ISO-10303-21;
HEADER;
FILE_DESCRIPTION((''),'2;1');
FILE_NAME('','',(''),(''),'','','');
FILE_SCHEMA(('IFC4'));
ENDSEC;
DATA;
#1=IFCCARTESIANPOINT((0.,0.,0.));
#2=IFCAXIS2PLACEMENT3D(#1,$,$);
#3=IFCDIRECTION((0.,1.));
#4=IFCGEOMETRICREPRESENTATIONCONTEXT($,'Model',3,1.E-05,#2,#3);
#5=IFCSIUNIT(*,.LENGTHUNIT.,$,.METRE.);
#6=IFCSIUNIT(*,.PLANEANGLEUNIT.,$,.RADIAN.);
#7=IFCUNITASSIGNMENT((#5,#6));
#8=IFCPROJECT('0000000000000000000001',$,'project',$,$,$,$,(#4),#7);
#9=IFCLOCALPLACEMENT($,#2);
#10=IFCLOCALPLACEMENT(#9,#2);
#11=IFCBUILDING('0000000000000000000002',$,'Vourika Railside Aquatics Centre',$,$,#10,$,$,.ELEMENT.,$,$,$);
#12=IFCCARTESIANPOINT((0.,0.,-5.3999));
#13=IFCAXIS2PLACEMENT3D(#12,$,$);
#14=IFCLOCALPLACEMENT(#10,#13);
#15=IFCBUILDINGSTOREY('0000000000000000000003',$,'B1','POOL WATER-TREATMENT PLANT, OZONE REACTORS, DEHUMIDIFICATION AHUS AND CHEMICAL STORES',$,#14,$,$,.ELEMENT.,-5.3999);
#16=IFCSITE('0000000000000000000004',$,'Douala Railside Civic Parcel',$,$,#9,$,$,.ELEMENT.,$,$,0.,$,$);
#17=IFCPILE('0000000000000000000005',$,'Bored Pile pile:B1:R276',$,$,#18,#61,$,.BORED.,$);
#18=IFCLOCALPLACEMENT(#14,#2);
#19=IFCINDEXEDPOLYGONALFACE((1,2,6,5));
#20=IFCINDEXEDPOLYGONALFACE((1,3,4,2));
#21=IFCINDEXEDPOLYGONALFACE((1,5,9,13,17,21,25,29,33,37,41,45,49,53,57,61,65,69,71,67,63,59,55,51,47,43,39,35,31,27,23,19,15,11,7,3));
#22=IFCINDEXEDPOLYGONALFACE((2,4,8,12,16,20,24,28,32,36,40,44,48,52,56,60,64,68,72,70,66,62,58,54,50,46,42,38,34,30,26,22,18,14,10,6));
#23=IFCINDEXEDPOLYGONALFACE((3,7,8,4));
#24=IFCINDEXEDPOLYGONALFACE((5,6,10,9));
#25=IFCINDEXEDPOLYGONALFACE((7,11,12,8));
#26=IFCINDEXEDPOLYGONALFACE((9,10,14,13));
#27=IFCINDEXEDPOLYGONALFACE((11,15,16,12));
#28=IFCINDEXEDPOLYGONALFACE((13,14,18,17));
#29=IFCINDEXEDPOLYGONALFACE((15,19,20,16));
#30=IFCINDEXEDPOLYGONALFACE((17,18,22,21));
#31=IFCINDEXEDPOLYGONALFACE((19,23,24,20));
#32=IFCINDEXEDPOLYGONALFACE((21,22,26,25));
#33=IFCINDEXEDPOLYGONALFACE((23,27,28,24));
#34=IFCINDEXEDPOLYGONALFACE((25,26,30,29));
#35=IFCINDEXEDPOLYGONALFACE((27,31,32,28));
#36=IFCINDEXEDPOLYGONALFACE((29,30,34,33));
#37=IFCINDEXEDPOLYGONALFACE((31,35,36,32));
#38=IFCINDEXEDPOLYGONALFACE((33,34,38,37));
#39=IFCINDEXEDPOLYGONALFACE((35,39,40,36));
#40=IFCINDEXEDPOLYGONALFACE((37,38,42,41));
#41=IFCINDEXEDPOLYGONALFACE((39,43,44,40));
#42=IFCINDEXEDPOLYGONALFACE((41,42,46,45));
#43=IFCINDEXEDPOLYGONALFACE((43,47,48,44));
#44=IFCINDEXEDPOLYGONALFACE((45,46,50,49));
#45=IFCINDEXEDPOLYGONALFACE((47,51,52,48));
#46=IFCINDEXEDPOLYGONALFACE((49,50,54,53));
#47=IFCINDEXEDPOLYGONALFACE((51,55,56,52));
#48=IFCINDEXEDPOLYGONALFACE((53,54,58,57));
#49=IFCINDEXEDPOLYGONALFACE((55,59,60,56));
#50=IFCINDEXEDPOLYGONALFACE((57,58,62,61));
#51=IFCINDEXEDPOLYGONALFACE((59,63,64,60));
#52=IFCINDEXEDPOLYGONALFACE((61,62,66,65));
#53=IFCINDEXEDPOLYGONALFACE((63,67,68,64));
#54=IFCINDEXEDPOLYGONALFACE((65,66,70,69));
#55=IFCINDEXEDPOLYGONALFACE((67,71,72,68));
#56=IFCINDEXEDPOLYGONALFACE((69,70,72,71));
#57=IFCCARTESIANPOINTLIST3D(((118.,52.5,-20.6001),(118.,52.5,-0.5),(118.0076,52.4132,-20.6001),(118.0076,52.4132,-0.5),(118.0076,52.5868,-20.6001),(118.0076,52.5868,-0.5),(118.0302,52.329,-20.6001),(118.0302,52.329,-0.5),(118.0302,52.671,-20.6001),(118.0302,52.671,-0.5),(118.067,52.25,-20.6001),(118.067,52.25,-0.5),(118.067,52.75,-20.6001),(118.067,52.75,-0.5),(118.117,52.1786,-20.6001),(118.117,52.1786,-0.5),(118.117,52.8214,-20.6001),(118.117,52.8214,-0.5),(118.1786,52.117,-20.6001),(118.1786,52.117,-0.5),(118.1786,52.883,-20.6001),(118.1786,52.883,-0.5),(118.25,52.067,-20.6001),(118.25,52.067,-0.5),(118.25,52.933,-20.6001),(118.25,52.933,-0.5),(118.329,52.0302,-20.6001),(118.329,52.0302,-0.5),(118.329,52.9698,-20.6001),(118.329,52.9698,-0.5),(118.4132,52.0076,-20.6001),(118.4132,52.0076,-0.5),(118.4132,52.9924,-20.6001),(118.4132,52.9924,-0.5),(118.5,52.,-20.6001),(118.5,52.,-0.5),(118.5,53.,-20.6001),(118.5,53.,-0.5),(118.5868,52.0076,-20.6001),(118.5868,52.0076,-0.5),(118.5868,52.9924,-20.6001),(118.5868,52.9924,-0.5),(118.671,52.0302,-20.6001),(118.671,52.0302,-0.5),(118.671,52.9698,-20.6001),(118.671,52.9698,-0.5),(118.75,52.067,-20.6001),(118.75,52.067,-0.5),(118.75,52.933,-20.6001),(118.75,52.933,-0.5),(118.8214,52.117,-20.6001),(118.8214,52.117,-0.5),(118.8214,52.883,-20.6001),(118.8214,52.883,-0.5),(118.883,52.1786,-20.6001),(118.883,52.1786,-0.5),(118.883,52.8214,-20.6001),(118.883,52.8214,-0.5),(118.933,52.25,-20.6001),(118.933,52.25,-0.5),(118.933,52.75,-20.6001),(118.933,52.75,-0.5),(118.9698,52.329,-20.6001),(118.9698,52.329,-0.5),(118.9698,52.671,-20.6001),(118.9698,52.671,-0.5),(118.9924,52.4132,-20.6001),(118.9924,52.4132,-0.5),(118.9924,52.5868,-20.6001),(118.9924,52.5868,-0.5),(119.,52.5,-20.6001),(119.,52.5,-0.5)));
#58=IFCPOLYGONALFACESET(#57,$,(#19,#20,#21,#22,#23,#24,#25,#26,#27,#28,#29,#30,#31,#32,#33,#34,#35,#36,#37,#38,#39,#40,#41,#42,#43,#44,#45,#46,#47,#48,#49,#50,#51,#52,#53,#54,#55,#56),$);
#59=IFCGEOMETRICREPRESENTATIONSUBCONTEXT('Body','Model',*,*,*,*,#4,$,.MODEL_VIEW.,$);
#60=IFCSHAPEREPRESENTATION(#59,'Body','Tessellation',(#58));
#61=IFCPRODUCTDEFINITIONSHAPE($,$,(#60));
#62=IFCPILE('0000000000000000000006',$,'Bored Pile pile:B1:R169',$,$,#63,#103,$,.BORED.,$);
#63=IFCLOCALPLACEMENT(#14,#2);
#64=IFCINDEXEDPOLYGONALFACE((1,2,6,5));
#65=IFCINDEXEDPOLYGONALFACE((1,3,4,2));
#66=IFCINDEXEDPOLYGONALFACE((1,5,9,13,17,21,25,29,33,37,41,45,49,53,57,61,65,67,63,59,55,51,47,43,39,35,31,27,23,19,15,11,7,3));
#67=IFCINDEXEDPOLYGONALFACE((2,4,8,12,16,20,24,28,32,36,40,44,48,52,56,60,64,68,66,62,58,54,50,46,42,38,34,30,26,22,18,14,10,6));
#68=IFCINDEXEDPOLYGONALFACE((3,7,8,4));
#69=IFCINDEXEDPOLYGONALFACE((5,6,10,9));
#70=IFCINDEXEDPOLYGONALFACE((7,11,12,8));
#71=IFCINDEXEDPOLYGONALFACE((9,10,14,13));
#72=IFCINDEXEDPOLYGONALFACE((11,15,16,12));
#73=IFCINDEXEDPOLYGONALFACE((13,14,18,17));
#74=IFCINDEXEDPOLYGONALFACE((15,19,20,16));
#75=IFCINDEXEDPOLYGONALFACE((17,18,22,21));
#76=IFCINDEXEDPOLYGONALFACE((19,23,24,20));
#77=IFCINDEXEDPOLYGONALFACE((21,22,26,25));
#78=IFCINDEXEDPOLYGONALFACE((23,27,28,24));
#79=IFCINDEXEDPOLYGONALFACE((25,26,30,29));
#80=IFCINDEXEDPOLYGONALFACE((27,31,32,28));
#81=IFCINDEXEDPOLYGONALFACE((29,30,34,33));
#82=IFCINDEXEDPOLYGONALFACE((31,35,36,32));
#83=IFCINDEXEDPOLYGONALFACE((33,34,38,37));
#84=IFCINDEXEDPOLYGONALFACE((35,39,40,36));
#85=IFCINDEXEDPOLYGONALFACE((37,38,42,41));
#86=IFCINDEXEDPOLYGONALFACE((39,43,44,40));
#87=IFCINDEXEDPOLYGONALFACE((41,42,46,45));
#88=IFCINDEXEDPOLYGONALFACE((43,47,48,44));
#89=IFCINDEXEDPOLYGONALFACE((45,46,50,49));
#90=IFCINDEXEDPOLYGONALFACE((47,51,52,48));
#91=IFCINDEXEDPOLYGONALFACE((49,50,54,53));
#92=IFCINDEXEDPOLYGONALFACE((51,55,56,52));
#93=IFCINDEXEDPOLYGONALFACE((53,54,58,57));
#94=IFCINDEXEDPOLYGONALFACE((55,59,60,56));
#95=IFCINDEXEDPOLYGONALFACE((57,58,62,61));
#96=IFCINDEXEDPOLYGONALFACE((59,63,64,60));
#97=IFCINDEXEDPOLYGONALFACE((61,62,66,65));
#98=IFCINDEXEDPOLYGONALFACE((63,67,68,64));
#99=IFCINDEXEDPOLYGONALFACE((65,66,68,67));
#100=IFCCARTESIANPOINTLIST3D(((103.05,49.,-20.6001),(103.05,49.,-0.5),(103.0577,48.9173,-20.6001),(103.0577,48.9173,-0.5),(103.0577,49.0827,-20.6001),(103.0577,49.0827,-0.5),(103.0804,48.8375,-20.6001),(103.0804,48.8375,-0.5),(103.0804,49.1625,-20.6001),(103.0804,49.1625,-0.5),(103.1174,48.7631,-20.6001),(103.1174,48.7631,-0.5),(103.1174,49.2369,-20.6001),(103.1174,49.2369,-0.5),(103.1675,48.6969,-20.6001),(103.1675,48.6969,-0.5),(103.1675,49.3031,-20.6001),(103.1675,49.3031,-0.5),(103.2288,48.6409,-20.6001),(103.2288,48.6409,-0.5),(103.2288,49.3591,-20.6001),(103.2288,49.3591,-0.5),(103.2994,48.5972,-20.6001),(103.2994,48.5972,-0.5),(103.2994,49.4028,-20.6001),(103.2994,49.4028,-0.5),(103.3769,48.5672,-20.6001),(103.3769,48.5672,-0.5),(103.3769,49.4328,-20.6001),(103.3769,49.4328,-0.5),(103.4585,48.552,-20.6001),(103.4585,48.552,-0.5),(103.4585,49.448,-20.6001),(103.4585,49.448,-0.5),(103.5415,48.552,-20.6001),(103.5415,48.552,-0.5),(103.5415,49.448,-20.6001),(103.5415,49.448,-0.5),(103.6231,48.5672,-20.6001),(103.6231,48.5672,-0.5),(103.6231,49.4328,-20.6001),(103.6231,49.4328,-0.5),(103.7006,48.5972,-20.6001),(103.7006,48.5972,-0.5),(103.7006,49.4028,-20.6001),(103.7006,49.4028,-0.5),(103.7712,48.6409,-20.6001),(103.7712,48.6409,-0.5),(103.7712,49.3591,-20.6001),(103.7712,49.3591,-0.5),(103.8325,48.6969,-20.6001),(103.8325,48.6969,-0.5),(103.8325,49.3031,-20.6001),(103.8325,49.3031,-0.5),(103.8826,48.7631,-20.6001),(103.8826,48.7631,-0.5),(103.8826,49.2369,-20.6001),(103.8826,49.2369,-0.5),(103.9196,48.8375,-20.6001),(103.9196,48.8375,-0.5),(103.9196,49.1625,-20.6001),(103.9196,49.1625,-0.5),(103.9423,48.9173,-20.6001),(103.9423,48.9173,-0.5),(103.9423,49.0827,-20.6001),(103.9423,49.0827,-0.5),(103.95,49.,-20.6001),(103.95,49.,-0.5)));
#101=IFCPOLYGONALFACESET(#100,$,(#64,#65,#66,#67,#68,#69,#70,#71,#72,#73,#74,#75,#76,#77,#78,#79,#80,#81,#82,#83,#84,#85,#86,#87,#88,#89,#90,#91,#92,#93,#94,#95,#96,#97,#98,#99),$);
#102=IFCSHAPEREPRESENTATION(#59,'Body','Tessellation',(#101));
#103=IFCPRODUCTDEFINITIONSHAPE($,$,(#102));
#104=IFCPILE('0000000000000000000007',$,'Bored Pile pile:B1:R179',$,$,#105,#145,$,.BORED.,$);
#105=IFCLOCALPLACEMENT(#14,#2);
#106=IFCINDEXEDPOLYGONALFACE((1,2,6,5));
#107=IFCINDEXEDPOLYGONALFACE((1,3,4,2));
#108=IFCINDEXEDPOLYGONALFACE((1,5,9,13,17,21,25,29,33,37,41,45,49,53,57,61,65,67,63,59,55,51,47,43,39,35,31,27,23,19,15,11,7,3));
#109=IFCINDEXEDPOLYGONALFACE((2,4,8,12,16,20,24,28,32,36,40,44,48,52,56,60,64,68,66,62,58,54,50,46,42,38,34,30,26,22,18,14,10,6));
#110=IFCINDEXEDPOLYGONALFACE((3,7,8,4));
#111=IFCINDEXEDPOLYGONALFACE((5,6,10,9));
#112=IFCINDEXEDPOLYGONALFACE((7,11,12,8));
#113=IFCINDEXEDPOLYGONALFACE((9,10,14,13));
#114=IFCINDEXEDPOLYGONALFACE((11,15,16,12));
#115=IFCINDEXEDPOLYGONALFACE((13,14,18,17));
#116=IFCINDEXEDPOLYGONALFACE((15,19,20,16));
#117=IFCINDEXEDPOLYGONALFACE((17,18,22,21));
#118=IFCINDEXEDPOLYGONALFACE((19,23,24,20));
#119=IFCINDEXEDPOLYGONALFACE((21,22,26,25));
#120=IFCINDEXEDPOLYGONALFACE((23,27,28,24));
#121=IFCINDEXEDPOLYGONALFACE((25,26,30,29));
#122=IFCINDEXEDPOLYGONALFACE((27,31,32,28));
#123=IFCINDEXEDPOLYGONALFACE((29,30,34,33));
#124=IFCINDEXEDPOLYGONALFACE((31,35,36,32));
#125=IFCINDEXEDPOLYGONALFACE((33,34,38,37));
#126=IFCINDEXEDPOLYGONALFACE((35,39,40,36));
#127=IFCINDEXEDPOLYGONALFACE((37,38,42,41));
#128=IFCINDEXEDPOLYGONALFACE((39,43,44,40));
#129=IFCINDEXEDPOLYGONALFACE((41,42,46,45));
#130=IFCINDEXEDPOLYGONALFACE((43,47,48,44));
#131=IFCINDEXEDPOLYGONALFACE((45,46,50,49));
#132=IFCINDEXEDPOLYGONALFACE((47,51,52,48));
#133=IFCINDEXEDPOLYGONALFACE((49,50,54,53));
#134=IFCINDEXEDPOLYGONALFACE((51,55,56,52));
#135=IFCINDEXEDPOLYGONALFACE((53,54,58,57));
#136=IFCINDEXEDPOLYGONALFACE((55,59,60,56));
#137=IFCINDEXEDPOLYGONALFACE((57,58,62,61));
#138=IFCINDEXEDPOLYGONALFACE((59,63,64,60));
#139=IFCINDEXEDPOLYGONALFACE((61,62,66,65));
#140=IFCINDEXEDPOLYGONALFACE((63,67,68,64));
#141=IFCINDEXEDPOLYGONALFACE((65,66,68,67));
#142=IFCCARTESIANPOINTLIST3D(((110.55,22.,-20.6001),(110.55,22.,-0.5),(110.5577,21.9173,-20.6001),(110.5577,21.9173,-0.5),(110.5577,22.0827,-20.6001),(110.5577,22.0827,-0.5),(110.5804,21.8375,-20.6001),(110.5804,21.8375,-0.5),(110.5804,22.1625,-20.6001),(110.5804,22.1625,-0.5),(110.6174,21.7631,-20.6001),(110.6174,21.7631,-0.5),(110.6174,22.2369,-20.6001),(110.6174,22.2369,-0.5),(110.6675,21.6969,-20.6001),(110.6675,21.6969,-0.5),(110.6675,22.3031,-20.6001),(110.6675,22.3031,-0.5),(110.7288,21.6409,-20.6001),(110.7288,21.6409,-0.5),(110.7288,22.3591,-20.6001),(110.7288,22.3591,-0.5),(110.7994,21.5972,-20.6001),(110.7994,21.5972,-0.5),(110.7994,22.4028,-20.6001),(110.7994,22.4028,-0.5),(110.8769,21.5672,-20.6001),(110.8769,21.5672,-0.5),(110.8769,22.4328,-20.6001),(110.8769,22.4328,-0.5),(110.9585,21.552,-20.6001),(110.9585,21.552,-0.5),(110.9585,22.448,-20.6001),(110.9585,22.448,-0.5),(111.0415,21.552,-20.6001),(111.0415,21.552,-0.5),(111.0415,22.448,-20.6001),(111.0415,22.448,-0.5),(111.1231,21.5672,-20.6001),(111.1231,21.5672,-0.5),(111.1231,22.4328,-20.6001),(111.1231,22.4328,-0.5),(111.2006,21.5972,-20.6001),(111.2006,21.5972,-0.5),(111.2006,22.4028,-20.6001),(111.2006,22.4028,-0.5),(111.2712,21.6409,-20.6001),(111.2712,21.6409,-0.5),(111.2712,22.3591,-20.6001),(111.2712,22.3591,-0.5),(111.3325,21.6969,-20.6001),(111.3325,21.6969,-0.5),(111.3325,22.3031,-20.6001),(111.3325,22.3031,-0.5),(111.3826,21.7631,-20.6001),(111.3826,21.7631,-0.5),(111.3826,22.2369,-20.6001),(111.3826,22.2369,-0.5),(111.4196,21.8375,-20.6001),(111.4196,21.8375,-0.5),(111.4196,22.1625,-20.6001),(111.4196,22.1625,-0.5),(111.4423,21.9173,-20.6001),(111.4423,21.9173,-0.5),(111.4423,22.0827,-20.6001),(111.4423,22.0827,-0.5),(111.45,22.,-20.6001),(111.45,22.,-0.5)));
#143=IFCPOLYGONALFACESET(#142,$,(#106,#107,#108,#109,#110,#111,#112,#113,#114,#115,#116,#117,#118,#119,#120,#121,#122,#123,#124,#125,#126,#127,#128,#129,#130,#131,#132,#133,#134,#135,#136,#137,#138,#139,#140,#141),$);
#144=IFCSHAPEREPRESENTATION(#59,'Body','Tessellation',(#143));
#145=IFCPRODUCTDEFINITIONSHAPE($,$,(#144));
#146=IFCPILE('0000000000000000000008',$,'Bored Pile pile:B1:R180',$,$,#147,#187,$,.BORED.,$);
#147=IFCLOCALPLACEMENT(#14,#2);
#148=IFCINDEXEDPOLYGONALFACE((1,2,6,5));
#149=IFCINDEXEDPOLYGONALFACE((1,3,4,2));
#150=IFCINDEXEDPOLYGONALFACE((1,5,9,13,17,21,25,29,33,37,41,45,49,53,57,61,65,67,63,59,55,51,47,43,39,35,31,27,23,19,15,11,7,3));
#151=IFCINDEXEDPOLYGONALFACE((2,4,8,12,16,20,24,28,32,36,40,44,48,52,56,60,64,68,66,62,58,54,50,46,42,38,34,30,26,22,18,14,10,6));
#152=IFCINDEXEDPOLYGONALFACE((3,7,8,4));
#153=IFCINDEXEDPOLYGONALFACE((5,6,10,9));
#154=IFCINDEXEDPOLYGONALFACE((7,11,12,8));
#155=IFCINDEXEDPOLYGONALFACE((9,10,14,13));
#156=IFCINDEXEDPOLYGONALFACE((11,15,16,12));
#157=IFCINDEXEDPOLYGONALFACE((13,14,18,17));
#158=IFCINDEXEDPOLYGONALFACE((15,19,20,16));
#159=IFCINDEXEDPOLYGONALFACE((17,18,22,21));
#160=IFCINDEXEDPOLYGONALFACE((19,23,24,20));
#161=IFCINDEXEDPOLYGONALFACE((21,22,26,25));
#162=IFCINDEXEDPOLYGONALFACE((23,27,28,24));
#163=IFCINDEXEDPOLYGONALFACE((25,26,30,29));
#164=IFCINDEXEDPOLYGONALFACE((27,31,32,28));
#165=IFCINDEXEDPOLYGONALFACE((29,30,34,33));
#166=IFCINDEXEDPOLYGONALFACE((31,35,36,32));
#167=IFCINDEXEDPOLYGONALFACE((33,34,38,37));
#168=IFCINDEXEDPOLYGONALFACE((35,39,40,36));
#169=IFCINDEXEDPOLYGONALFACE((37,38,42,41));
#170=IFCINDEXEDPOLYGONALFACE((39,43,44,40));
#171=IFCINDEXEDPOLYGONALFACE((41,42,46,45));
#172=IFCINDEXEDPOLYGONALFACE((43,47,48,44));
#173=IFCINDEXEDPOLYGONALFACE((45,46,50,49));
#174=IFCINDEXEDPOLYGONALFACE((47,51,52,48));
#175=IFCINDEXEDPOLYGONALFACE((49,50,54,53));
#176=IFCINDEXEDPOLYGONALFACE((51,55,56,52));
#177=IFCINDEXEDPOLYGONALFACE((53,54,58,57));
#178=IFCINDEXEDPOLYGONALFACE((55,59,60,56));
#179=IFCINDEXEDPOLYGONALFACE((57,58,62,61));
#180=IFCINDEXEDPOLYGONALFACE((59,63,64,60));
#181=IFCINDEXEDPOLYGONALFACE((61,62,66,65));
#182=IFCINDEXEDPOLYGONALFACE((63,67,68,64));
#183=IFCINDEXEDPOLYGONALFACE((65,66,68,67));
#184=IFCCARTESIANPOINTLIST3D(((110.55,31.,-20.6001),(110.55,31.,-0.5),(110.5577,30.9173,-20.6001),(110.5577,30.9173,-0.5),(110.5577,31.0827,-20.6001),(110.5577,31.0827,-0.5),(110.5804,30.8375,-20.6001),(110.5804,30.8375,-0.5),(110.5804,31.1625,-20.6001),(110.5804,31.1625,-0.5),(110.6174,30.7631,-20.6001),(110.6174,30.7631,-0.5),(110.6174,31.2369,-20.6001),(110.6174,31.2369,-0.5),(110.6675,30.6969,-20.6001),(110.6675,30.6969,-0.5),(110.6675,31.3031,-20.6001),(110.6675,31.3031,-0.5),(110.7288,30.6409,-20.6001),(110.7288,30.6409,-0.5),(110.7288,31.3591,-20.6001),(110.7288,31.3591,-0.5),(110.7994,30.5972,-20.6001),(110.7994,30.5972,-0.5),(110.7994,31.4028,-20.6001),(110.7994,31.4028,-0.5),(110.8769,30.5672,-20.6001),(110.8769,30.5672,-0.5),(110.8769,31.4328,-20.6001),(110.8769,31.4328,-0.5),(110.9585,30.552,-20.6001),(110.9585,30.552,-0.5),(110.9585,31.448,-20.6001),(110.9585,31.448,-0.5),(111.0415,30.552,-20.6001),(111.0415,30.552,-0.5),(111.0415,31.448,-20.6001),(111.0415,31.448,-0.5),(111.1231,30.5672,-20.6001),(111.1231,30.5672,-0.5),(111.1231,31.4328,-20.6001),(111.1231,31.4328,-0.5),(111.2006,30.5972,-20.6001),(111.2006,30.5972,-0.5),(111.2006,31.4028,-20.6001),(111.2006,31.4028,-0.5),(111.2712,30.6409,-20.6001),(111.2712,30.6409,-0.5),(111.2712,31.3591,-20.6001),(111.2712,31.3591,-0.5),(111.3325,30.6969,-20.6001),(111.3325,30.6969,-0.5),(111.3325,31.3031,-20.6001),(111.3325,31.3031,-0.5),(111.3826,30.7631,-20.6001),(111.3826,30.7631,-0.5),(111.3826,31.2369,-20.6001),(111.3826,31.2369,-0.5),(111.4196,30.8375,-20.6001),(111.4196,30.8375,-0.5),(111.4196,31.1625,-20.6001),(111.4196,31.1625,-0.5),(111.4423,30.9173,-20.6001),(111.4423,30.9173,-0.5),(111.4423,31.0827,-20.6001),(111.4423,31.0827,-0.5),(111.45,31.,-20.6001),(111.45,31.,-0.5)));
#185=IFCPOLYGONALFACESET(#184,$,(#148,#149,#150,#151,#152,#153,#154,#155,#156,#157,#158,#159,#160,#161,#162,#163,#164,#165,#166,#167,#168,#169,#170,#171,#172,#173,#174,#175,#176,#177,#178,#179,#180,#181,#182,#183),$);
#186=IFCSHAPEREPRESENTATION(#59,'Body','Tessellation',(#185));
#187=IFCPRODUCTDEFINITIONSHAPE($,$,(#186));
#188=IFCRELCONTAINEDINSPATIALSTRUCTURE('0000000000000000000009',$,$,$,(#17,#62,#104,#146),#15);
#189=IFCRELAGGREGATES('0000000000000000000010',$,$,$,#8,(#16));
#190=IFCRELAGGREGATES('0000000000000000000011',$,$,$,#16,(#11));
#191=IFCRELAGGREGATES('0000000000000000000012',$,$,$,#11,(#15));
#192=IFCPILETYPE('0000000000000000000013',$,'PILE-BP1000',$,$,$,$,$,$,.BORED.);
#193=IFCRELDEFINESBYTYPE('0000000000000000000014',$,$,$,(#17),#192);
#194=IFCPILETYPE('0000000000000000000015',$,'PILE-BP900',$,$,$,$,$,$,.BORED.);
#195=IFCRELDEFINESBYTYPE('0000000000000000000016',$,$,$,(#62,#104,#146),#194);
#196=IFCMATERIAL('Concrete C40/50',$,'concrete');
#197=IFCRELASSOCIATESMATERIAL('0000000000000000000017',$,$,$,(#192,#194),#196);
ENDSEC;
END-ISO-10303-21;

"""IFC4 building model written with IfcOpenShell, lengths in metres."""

from ifc_helpers import new_model, si_unit, direction, frame, origin, origin_2d, place, context, subcontext, project, spatial, circle, extrude, material, material_profile, profile_set, type_object, element, save


model = new_model("IFC4")

# Units and contexts
model_context = context("Model", 3, precision=1e-05, world=origin(), true_north=direction((0.0, 1.0)))
body_context = subcontext(model_context, "Body", "Model", "MODEL_VIEW")
ifc_project = project(units=[si_unit("LENGTHUNIT", "METRE"), si_unit("PLANEANGLEUNIT", "RADIAN")], contexts=[model_context])

# Site, building, storey
site_placement = place(None, origin())
site = spatial("IfcSite", under=ifc_project, at=site_placement, Name="Douala Railside Civic Parcel", CompositionType="ELEMENT", RefElevation=0.0)
building_placement = place(site_placement, origin())
building = spatial("IfcBuilding", under=site, at=building_placement, Name="Vourika Railside Aquatics Centre", CompositionType="ELEMENT")
storey_placement = place(building_placement, frame((0.0, 0.0, -5.3999)))
storey = spatial("IfcBuildingStorey", under=building, at=storey_placement, Name="B1", Description="POOL WATER-TREATMENT PLANT, OZONE REACTORS, DEHUMIDIFICATION AHUS AND CHEMICAL STORES", CompositionType="ELEMENT", Elevation=-5.3999)

# Piles
ifc_material_1 = material(Name="Concrete C40/50", Category="concrete")
ifc_material_profile_1 = material_profile(ifc_material_1, circle(Radius=0.5, at=origin_2d()), Name="BP 1000")
ifc_profile_set_1 = profile_set([ifc_material_profile_1], Name="Concrete C40/50")
pile_type_1 = type_object("IfcPileType", Name="PILE-BP1000", PredefinedType="BORED", material=ifc_profile_set_1)
for number, where, z_axis, x_axis, name in (
    (1, (118.5, 52.5, -0.5), (0.0, 0.0, -1.0), (1.0, 0.0, 0.0), "Bored Pile pile:B1:R276"),
):
    element("IfcPile", number, at=place(storey_placement, frame(where, z_axis=z_axis, x_axis=x_axis)), inside=storey, type_object=pile_type_1, Name=name, PredefinedType="BORED", context=body_context, shape_type="SweptSolid", body=[
        extrude(circle(Radius=0.5, at=origin_2d()), origin(), (0.0, 0.0, 1.0), 20.1001),
    ])
ifc_material_profile_2 = material_profile(ifc_material_1, circle(Radius=0.45, at=origin_2d()), Name="BP 900")
ifc_profile_set_2 = profile_set([ifc_material_profile_2], Name="Concrete C40/50")
pile_type_2 = type_object("IfcPileType", Name="PILE-BP900", PredefinedType="BORED", material=ifc_profile_set_2)
for number, where, z_axis, x_axis, name in (
    (2, (103.5, 49.0, -0.5), (0.0, 0.0, -1.0), (1.0, 0.0, 0.0), "Bored Pile pile:B1:R169"),
    (3, (111.0, 22.0, -0.5), (0.0, 0.0, -1.0), (1.0, 0.0, 0.0), "Bored Pile pile:B1:R179"),
    (4, (111.0, 31.0, -0.5), (0.0, 0.0, -1.0), (1.0, 0.0, 0.0), "Bored Pile pile:B1:R180"),
):
    element("IfcPile", number, at=place(storey_placement, frame(where, z_axis=z_axis, x_axis=x_axis)), inside=storey, type_object=pile_type_2, Name=name, PredefinedType="BORED", context=body_context, shape_type="SweptSolid", body=[
        extrude(circle(Radius=0.45, at=origin_2d()), origin(), (0.0, 0.0, 1.0), 20.1001),
    ])

save(model, "model.ifc")
